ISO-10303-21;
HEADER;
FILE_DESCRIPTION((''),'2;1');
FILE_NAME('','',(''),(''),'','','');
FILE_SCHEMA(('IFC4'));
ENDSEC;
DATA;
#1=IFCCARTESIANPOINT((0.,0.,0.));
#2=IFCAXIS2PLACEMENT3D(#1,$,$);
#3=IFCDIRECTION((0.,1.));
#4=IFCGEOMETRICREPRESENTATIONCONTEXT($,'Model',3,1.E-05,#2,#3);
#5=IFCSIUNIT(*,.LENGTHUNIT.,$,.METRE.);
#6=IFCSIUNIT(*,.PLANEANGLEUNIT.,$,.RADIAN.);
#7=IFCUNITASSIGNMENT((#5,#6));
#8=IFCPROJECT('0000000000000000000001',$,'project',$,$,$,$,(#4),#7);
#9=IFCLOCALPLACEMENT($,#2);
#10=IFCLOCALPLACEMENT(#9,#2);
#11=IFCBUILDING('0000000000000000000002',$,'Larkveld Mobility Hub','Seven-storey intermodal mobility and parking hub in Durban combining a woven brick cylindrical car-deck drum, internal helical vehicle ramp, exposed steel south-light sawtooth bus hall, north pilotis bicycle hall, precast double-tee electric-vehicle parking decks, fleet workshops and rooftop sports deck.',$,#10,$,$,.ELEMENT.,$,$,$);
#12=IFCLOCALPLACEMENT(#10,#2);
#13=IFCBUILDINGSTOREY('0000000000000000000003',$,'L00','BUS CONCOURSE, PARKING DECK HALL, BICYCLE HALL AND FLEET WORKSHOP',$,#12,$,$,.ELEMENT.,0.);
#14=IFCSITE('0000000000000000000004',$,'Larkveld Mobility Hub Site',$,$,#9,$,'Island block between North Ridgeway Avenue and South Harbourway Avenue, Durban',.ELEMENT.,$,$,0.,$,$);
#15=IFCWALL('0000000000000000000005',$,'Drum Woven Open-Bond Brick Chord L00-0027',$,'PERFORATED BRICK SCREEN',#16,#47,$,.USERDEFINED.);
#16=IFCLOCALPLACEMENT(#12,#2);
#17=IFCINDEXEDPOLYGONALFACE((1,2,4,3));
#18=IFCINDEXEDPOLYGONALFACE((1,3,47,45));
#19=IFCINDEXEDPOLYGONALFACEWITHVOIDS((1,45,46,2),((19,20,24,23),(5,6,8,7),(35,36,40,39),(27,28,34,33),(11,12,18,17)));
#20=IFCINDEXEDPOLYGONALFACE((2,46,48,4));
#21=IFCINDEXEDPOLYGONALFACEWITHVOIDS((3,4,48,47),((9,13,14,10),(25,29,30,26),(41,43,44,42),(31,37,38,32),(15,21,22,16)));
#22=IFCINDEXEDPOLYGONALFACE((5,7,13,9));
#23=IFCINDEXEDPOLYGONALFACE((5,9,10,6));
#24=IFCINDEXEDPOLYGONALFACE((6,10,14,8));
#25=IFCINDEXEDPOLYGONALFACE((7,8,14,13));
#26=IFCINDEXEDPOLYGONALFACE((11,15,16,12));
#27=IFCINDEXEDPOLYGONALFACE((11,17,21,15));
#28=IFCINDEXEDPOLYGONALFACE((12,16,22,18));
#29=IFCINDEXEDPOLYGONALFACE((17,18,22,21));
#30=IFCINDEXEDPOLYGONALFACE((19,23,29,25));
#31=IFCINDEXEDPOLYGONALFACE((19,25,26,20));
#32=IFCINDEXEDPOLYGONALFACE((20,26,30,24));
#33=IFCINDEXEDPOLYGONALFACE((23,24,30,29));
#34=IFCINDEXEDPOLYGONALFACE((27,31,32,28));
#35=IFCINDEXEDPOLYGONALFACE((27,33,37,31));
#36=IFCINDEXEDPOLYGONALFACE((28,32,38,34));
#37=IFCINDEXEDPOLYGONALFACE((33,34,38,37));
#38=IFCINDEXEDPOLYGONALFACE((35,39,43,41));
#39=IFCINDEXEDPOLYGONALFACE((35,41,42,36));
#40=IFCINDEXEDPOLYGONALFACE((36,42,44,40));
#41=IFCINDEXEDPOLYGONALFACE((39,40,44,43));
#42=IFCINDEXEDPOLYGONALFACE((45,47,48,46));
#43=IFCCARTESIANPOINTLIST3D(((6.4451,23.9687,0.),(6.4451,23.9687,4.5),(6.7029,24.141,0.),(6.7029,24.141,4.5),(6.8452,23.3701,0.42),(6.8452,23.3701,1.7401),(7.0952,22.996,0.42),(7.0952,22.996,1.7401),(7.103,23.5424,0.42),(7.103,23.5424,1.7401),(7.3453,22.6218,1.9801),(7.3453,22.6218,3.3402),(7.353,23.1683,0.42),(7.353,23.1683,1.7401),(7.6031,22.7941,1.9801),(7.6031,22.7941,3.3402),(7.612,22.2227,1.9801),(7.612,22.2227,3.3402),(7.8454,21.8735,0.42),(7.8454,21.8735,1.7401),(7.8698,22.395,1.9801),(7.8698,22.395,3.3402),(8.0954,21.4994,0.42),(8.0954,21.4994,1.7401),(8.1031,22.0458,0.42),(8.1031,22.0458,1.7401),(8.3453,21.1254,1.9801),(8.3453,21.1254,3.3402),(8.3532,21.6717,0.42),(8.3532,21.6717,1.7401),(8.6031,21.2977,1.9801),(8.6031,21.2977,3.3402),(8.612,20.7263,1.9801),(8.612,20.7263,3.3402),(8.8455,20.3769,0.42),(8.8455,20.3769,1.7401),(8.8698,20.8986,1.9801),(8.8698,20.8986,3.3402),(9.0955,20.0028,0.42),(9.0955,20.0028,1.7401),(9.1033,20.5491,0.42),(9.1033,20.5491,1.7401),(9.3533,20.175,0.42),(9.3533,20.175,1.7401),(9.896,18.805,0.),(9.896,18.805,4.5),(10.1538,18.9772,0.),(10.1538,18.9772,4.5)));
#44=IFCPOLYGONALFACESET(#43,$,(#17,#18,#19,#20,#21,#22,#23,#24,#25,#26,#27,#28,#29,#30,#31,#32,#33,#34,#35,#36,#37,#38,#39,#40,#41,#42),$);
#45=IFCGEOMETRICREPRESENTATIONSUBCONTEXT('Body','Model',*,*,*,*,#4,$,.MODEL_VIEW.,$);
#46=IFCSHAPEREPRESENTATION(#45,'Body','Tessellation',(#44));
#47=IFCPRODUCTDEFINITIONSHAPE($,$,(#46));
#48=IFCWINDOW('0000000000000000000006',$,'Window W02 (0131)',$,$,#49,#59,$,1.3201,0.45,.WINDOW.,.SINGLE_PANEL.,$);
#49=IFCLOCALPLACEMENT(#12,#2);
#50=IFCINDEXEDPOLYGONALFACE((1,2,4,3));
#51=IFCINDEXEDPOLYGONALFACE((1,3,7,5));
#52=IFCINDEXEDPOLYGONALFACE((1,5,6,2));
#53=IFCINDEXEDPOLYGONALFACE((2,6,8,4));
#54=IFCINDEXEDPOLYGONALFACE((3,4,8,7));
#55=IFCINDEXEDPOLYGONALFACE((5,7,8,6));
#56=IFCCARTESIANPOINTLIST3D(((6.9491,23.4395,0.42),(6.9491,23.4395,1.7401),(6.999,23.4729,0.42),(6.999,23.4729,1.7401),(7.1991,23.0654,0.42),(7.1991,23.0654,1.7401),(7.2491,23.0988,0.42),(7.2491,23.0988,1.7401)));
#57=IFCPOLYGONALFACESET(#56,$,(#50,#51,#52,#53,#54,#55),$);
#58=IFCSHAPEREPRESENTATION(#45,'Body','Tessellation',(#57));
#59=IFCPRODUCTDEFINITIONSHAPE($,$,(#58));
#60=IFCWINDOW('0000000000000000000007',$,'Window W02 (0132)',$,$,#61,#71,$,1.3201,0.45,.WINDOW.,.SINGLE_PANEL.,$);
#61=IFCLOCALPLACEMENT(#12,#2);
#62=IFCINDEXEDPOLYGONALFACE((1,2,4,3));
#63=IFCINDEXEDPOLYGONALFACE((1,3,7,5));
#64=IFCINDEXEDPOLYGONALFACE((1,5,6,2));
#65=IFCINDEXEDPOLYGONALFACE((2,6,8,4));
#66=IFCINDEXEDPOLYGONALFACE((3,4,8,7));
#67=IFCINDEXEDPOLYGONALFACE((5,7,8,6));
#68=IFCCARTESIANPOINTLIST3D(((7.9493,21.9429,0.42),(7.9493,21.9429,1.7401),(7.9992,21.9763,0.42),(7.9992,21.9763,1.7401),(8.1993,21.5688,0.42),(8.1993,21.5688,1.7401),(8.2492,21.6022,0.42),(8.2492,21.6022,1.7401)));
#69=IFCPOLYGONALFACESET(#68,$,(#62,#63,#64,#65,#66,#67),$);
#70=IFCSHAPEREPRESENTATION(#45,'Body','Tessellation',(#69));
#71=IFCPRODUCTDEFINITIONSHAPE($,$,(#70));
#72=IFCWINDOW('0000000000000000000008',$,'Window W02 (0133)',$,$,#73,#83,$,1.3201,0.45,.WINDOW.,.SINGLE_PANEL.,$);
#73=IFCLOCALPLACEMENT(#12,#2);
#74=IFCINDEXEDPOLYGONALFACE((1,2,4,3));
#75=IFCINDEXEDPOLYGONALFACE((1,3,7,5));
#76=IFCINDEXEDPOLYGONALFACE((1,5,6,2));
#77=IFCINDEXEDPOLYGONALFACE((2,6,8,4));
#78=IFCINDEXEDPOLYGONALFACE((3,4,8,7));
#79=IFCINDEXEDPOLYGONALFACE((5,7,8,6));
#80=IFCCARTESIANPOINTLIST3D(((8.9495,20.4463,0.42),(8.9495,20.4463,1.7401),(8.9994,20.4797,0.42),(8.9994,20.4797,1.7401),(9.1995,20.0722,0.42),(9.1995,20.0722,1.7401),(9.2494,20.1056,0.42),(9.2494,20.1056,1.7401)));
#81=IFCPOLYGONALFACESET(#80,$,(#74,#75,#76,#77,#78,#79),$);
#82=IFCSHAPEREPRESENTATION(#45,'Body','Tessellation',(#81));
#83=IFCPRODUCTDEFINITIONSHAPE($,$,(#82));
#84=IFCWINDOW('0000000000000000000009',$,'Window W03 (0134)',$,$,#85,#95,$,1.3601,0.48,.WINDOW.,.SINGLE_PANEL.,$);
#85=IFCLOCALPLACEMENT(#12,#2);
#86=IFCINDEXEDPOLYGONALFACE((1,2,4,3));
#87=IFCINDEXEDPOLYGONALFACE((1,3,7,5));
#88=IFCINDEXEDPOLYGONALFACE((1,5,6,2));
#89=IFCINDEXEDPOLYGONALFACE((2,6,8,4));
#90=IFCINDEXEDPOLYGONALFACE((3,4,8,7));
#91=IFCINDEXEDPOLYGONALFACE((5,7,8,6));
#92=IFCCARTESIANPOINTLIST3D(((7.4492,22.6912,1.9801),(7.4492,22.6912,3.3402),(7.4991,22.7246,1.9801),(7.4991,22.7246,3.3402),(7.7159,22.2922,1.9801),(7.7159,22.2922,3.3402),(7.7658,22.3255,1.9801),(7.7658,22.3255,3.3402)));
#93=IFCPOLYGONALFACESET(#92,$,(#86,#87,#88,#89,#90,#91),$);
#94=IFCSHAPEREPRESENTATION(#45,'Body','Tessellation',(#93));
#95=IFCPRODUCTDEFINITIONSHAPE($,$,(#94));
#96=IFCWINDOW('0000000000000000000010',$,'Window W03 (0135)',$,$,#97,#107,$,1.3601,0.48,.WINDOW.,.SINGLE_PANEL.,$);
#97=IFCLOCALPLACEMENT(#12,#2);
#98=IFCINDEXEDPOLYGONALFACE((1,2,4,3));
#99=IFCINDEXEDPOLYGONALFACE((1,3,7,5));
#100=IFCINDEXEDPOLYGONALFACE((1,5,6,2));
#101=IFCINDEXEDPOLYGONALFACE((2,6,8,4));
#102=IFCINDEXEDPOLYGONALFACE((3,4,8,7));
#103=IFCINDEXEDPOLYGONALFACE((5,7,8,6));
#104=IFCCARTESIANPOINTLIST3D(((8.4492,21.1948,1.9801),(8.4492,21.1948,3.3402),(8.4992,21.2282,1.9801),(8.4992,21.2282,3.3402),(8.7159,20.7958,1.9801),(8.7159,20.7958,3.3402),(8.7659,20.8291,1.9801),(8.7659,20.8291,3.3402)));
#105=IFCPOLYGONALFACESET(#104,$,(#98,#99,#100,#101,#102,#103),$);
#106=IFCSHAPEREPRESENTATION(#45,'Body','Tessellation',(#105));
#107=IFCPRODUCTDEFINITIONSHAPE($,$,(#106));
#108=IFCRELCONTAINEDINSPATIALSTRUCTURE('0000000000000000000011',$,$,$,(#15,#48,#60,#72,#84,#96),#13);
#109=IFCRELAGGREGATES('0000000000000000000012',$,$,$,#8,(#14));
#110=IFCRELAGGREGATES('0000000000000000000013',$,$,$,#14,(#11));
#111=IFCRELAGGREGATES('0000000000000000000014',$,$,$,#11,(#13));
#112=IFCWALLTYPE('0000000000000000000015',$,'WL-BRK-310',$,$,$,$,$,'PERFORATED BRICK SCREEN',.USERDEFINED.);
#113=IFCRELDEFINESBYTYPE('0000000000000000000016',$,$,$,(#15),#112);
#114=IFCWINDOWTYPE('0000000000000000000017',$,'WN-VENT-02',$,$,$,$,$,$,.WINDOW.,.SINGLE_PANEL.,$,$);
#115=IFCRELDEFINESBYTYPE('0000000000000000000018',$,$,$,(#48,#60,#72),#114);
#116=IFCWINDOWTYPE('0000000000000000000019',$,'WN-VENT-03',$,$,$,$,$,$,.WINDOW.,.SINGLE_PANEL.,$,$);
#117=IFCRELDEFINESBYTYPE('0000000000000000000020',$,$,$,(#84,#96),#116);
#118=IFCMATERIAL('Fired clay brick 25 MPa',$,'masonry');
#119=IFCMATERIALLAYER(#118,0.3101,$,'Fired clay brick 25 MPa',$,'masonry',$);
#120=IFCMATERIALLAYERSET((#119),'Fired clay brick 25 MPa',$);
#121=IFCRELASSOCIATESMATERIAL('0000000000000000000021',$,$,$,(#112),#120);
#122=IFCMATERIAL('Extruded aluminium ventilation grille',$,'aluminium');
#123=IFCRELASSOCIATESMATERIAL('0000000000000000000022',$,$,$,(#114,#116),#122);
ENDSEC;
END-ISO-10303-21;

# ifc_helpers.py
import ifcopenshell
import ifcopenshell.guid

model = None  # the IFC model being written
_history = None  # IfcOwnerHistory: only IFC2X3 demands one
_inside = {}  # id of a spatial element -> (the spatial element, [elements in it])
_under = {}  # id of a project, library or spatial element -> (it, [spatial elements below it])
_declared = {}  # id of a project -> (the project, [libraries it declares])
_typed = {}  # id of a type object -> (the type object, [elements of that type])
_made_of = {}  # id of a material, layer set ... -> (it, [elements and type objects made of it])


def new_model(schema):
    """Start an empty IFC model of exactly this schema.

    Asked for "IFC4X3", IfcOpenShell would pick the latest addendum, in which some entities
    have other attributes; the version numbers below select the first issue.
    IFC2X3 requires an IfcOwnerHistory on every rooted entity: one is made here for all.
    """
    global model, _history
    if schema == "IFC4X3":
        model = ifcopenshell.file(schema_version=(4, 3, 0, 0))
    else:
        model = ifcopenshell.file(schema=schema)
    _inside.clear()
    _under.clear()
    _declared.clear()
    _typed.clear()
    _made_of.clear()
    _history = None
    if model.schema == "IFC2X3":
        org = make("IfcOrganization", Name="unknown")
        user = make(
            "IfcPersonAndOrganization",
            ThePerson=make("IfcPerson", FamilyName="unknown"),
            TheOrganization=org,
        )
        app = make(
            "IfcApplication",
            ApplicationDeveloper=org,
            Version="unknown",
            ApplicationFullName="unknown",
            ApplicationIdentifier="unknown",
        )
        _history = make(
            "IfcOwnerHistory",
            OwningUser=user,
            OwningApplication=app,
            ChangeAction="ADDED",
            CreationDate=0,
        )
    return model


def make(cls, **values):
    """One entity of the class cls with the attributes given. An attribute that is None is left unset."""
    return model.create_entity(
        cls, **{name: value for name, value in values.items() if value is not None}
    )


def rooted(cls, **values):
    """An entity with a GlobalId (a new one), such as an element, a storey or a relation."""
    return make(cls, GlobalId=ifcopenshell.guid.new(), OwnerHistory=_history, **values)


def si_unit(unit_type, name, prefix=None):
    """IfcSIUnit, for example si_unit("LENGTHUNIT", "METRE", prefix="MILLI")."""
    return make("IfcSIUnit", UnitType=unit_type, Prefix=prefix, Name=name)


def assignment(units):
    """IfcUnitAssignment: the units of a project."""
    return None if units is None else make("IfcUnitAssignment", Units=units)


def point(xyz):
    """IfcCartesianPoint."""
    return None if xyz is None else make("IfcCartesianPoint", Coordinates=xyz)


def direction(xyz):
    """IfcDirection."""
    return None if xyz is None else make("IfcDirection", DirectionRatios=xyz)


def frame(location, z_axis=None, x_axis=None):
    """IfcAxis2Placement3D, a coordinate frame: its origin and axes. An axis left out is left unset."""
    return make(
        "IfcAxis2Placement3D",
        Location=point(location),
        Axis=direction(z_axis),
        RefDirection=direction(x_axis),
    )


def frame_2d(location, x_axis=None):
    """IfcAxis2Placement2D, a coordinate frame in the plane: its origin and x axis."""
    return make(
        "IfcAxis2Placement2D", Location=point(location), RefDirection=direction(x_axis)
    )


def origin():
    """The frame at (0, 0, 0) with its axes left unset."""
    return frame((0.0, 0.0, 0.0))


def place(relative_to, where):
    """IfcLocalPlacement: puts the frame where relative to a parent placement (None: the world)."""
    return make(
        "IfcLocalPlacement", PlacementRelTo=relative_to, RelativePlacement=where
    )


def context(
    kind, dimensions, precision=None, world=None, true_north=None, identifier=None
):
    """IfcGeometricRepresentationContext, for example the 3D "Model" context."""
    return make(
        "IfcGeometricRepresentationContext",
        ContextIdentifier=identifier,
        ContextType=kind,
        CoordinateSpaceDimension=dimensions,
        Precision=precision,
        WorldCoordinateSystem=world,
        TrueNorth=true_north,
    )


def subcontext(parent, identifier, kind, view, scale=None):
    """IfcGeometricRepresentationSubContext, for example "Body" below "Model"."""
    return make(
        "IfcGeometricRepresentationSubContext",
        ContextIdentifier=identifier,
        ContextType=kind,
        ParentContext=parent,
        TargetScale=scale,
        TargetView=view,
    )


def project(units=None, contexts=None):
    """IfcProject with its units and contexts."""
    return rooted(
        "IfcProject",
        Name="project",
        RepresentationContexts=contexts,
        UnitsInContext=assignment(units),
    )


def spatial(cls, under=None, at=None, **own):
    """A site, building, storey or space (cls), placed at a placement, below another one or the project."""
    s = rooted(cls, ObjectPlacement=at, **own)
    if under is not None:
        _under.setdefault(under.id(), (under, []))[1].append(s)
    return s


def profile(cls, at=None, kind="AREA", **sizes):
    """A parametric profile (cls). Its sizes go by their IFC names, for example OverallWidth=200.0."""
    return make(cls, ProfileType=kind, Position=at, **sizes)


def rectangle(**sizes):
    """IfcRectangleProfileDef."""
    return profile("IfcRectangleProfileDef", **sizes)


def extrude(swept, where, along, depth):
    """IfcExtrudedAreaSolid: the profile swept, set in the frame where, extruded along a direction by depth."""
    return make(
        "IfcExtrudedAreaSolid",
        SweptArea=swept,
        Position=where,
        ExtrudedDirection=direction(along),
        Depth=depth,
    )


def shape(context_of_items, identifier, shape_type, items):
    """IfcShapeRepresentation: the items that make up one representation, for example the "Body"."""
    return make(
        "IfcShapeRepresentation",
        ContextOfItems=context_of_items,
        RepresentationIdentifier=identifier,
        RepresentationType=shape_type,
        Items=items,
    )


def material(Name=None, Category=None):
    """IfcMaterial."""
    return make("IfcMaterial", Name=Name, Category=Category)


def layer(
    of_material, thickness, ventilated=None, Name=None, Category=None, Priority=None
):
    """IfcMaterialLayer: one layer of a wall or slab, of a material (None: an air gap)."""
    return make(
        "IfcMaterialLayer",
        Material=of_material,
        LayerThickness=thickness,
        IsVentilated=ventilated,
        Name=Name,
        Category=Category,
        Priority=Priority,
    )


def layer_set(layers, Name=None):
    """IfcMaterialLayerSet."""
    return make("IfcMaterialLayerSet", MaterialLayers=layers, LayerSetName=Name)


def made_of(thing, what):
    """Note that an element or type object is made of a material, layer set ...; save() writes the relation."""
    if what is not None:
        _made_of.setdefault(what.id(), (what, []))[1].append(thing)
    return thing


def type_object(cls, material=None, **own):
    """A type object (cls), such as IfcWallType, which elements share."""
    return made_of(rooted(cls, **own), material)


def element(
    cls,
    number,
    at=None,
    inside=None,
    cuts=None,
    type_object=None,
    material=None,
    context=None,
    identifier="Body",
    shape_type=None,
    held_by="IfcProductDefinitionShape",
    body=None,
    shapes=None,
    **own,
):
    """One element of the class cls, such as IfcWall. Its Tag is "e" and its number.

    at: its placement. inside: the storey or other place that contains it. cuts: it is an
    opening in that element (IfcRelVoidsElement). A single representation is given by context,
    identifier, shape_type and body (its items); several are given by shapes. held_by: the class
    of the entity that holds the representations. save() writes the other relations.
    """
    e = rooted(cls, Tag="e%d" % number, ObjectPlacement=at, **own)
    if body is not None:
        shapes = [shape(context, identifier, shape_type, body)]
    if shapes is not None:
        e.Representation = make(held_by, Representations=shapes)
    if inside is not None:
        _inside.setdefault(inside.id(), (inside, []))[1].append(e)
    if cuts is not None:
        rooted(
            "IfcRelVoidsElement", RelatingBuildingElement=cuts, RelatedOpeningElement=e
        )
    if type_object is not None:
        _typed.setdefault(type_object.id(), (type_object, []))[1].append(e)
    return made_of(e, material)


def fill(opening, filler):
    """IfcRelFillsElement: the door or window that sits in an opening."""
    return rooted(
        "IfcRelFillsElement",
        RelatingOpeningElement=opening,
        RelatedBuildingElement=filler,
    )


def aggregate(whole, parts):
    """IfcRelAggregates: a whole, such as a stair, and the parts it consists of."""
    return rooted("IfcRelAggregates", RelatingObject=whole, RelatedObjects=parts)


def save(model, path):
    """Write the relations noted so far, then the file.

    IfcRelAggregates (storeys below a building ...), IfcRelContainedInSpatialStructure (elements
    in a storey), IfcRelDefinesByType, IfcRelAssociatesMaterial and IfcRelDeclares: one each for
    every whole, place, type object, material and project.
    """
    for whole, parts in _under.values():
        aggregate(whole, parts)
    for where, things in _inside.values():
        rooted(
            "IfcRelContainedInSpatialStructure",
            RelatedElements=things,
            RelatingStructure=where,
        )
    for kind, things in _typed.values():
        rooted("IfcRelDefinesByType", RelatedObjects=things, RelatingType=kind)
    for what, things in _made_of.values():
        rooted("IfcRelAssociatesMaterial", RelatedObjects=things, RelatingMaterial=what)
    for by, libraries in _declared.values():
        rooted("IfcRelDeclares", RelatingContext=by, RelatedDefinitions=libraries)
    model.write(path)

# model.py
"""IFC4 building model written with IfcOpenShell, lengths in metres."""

from ifc_helpers import new_model, si_unit, direction, frame, frame_2d, origin, place, context, subcontext, project, spatial, rectangle, extrude, material, layer, layer_set, type_object, element, fill, save


model = new_model("IFC4")

# Units and contexts
model_context = context("Model", 3, precision=1e-05, world=origin(), true_north=direction((0.0, 1.0)))
body_context = subcontext(model_context, "Body", "Model", "MODEL_VIEW")
ifc_project = project(units=[si_unit("LENGTHUNIT", "METRE"), si_unit("PLANEANGLEUNIT", "RADIAN")], contexts=[model_context])

# Site, building, storey
site_placement = place(None, origin())
site = spatial("IfcSite", under=ifc_project, at=site_placement, Name="Larkveld Mobility Hub Site", LongName="Island block between North Ridgeway Avenue and South Harbourway Avenue, Durban", CompositionType="ELEMENT", RefElevation=0.0)
building_placement = place(site_placement, origin())
building = spatial("IfcBuilding", under=site, at=building_placement, Name="Larkveld Mobility Hub", Description="Seven-storey intermodal mobility and parking hub in Durban combining a woven brick cylindrical car-deck drum, internal helical vehicle ramp, exposed steel south-light sawtooth bus hall, north pilotis bicycle hall, precast double-tee electric-vehicle parking decks, fleet workshops and rooftop sports deck.", CompositionType="ELEMENT")
storey_placement = place(building_placement, origin())
storey = spatial("IfcBuildingStorey", under=building, at=storey_placement, Name="L00", Description="BUS CONCOURSE, PARKING DECK HALL, BICYCLE HALL AND FLEET WORKSHOP", CompositionType="ELEMENT", Elevation=0.0)

# Wall, openings, windows
ifc_material_1 = material(Name="Fired clay brick 25 MPa", Category="masonry")
ifc_layer_1 = layer(ifc_material_1, 0.3101, Name="Fired clay brick 25 MPa", Category="masonry")
ifc_layer_set_1 = layer_set([ifc_layer_1], Name="Fired clay brick 25 MPa")
wall_type_1 = type_object("IfcWallType", Name="WL-BRK-310", ElementType="PERFORATED BRICK SCREEN", PredefinedType="USERDEFINED", material=ifc_layer_set_1)
wall_1_placement = place(storey_placement, frame((6.574, 24.0549, 0.0), z_axis=(0.0, 0.0, 1.0), x_axis=(0.555634, -0.831427, 0.0)))
wall_1 = element("IfcWall", 1, at=wall_1_placement, inside=storey, type_object=wall_type_1, Name="Drum Woven Open-Bond Brick Chord L00-0027", ObjectType="PERFORATED BRICK SCREEN", PredefinedType="USERDEFINED", context=body_context, shape_type="SweptSolid", body=[
    extrude(rectangle(XDim=6.2107, YDim=0.3101, at=frame_2d((3.1055, 0.0))), origin(), (0.0, 0.0, 1.0), 4.5),
])
opening_1_placement = place(wall_1_placement, frame((0.72, 0.0, 0.4199)))
opening_1 = element("IfcOpeningElement", 2, at=opening_1_placement, cuts=wall_1, PredefinedType="OPENING", context=body_context, shape_type="SweptSolid", body=[
    extrude(rectangle(XDim=0.45, YDim=1.3201, at=frame_2d((0.2251, 0.6602))), frame((0.0, 0.165, 0.0), z_axis=(0.0, -1.0, 0.0), x_axis=(1.0, 0.0, 0.0)), (0.0, 0.0, 1.0), 0.3301),
])
opening_2_placement = place(wall_1_placement, frame((2.52, 0.0, 0.4199)))
opening_2 = element("IfcOpeningElement", 3, at=opening_2_placement, cuts=wall_1, PredefinedType="OPENING", context=body_context, shape_type="SweptSolid", body=[
    extrude(rectangle(XDim=0.45, YDim=1.3201, at=frame_2d((0.2251, 0.6602))), frame((0.0, 0.165, 0.0), z_axis=(0.0, -1.0, 0.0), x_axis=(1.0, 0.0, 0.0)), (0.0, 0.0, 1.0), 0.3301),
])
opening_3_placement = place(wall_1_placement, frame((4.3201, 0.0, 0.4199)))
opening_3 = element("IfcOpeningElement", 4, at=opening_3_placement, cuts=wall_1, PredefinedType="OPENING", context=body_context, shape_type="SweptSolid", body=[
    extrude(rectangle(XDim=0.45, YDim=1.3201, at=frame_2d((0.2251, 0.6602))), frame((0.0, 0.165, 0.0), z_axis=(0.0, -1.0, 0.0), x_axis=(1.0, 0.0, 0.0)), (0.0, 0.0, 1.0), 0.3301),
])
opening_4_placement = place(wall_1_placement, frame((1.6201, 0.0, 1.98)))
opening_4 = element("IfcOpeningElement", 5, at=opening_4_placement, cuts=wall_1, PredefinedType="OPENING", context=body_context, shape_type="SweptSolid", body=[
    extrude(rectangle(XDim=0.48, YDim=1.3601, at=frame_2d((0.24, 0.6802))), frame((0.0, 0.165, 0.0), z_axis=(0.0, -1.0, 0.0), x_axis=(1.0, 0.0, 0.0)), (0.0, 0.0, 1.0), 0.3301),
])
opening_5_placement = place(wall_1_placement, frame((3.4199, 0.0, 1.98)))
opening_5 = element("IfcOpeningElement", 6, at=opening_5_placement, cuts=wall_1, PredefinedType="OPENING", context=body_context, shape_type="SweptSolid", body=[
    extrude(rectangle(XDim=0.48, YDim=1.3601, at=frame_2d((0.24, 0.6802))), frame((0.0, 0.165, 0.0), z_axis=(0.0, -1.0, 0.0), x_axis=(1.0, 0.0, 0.0)), (0.0, 0.0, 1.0), 0.3301),
])
ifc_material_2 = material(Name="Extruded aluminium ventilation grille", Category="aluminium")
window_type_1 = type_object("IfcWindowType", Name="WN-VENT-02", PartitioningType="SINGLE_PANEL", PredefinedType="WINDOW", material=ifc_material_2)
window_1_placement = place(opening_1_placement, origin())
window_1 = element("IfcWindow", 7, at=window_1_placement, inside=storey, type_object=window_type_1, Name="Window W02 (0131)", OverallHeight=1.3201, OverallWidth=0.45, PartitioningType="SINGLE_PANEL", PredefinedType="WINDOW", context=body_context, shape_type="SweptSolid", body=[
    extrude(rectangle(XDim=0.45, YDim=1.3201, at=frame_2d((0.2251, 0.6602))), frame((0.0, 0.03, 0.0), z_axis=(0.0, -1.0, 0.0), x_axis=(1.0, 0.0, 0.0)), (0.0, 0.0, 1.0), 0.0601),
])
fill(opening_1, window_1)
window_2_placement = place(opening_2_placement, origin())
window_2 = element("IfcWindow", 8, at=window_2_placement, inside=storey, type_object=window_type_1, Name="Window W02 (0132)", OverallHeight=1.3201, OverallWidth=0.45, PartitioningType="SINGLE_PANEL", PredefinedType="WINDOW", context=body_context, shape_type="SweptSolid", body=[
    extrude(rectangle(XDim=0.45, YDim=1.3201, at=frame_2d((0.2251, 0.6602))), frame((0.0, 0.03, 0.0), z_axis=(0.0, -1.0, 0.0), x_axis=(1.0, 0.0, 0.0)), (0.0, 0.0, 1.0), 0.0601),
])
fill(opening_2, window_2)
window_3_placement = place(opening_3_placement, origin())
window_3 = element("IfcWindow", 9, at=window_3_placement, inside=storey, type_object=window_type_1, Name="Window W02 (0133)", OverallHeight=1.3201, OverallWidth=0.45, PartitioningType="SINGLE_PANEL", PredefinedType="WINDOW", context=body_context, shape_type="SweptSolid", body=[
    extrude(rectangle(XDim=0.45, YDim=1.3201, at=frame_2d((0.2251, 0.6602))), frame((0.0, 0.03, 0.0), z_axis=(0.0, -1.0, 0.0), x_axis=(1.0, 0.0, 0.0)), (0.0, 0.0, 1.0), 0.0601),
])
fill(opening_3, window_3)
window_type_2 = type_object("IfcWindowType", Name="WN-VENT-03", PartitioningType="SINGLE_PANEL", PredefinedType="WINDOW", material=ifc_material_2)
window_4_placement = place(opening_4_placement, origin())
window_4 = element("IfcWindow", 10, at=window_4_placement, inside=storey, type_object=window_type_2, Name="Window W03 (0134)", OverallHeight=1.3601, OverallWidth=0.48, PartitioningType="SINGLE_PANEL", PredefinedType="WINDOW", context=body_context, shape_type="SweptSolid", body=[
    extrude(rectangle(XDim=0.48, YDim=1.3601, at=frame_2d((0.24, 0.6802))), frame((0.0, 0.03, 0.0), z_axis=(0.0, -1.0, 0.0), x_axis=(1.0, 0.0, 0.0)), (0.0, 0.0, 1.0), 0.0601),
])
fill(opening_4, window_4)
window_5_placement = place(opening_5_placement, origin())
window_5 = element("IfcWindow", 11, at=window_5_placement, inside=storey, type_object=window_type_2, Name="Window W03 (0135)", OverallHeight=1.3601, OverallWidth=0.48, PartitioningType="SINGLE_PANEL", PredefinedType="WINDOW", context=body_context, shape_type="SweptSolid", body=[
    extrude(rectangle(XDim=0.48, YDim=1.3601, at=frame_2d((0.24, 0.6802))), frame((0.0, 0.03, 0.0), z_axis=(0.0, -1.0, 0.0), x_axis=(1.0, 0.0, 0.0)), (0.0, 0.0, 1.0), 0.0601),
])
fill(opening_5, window_5)

save(model, "model.ifc")
